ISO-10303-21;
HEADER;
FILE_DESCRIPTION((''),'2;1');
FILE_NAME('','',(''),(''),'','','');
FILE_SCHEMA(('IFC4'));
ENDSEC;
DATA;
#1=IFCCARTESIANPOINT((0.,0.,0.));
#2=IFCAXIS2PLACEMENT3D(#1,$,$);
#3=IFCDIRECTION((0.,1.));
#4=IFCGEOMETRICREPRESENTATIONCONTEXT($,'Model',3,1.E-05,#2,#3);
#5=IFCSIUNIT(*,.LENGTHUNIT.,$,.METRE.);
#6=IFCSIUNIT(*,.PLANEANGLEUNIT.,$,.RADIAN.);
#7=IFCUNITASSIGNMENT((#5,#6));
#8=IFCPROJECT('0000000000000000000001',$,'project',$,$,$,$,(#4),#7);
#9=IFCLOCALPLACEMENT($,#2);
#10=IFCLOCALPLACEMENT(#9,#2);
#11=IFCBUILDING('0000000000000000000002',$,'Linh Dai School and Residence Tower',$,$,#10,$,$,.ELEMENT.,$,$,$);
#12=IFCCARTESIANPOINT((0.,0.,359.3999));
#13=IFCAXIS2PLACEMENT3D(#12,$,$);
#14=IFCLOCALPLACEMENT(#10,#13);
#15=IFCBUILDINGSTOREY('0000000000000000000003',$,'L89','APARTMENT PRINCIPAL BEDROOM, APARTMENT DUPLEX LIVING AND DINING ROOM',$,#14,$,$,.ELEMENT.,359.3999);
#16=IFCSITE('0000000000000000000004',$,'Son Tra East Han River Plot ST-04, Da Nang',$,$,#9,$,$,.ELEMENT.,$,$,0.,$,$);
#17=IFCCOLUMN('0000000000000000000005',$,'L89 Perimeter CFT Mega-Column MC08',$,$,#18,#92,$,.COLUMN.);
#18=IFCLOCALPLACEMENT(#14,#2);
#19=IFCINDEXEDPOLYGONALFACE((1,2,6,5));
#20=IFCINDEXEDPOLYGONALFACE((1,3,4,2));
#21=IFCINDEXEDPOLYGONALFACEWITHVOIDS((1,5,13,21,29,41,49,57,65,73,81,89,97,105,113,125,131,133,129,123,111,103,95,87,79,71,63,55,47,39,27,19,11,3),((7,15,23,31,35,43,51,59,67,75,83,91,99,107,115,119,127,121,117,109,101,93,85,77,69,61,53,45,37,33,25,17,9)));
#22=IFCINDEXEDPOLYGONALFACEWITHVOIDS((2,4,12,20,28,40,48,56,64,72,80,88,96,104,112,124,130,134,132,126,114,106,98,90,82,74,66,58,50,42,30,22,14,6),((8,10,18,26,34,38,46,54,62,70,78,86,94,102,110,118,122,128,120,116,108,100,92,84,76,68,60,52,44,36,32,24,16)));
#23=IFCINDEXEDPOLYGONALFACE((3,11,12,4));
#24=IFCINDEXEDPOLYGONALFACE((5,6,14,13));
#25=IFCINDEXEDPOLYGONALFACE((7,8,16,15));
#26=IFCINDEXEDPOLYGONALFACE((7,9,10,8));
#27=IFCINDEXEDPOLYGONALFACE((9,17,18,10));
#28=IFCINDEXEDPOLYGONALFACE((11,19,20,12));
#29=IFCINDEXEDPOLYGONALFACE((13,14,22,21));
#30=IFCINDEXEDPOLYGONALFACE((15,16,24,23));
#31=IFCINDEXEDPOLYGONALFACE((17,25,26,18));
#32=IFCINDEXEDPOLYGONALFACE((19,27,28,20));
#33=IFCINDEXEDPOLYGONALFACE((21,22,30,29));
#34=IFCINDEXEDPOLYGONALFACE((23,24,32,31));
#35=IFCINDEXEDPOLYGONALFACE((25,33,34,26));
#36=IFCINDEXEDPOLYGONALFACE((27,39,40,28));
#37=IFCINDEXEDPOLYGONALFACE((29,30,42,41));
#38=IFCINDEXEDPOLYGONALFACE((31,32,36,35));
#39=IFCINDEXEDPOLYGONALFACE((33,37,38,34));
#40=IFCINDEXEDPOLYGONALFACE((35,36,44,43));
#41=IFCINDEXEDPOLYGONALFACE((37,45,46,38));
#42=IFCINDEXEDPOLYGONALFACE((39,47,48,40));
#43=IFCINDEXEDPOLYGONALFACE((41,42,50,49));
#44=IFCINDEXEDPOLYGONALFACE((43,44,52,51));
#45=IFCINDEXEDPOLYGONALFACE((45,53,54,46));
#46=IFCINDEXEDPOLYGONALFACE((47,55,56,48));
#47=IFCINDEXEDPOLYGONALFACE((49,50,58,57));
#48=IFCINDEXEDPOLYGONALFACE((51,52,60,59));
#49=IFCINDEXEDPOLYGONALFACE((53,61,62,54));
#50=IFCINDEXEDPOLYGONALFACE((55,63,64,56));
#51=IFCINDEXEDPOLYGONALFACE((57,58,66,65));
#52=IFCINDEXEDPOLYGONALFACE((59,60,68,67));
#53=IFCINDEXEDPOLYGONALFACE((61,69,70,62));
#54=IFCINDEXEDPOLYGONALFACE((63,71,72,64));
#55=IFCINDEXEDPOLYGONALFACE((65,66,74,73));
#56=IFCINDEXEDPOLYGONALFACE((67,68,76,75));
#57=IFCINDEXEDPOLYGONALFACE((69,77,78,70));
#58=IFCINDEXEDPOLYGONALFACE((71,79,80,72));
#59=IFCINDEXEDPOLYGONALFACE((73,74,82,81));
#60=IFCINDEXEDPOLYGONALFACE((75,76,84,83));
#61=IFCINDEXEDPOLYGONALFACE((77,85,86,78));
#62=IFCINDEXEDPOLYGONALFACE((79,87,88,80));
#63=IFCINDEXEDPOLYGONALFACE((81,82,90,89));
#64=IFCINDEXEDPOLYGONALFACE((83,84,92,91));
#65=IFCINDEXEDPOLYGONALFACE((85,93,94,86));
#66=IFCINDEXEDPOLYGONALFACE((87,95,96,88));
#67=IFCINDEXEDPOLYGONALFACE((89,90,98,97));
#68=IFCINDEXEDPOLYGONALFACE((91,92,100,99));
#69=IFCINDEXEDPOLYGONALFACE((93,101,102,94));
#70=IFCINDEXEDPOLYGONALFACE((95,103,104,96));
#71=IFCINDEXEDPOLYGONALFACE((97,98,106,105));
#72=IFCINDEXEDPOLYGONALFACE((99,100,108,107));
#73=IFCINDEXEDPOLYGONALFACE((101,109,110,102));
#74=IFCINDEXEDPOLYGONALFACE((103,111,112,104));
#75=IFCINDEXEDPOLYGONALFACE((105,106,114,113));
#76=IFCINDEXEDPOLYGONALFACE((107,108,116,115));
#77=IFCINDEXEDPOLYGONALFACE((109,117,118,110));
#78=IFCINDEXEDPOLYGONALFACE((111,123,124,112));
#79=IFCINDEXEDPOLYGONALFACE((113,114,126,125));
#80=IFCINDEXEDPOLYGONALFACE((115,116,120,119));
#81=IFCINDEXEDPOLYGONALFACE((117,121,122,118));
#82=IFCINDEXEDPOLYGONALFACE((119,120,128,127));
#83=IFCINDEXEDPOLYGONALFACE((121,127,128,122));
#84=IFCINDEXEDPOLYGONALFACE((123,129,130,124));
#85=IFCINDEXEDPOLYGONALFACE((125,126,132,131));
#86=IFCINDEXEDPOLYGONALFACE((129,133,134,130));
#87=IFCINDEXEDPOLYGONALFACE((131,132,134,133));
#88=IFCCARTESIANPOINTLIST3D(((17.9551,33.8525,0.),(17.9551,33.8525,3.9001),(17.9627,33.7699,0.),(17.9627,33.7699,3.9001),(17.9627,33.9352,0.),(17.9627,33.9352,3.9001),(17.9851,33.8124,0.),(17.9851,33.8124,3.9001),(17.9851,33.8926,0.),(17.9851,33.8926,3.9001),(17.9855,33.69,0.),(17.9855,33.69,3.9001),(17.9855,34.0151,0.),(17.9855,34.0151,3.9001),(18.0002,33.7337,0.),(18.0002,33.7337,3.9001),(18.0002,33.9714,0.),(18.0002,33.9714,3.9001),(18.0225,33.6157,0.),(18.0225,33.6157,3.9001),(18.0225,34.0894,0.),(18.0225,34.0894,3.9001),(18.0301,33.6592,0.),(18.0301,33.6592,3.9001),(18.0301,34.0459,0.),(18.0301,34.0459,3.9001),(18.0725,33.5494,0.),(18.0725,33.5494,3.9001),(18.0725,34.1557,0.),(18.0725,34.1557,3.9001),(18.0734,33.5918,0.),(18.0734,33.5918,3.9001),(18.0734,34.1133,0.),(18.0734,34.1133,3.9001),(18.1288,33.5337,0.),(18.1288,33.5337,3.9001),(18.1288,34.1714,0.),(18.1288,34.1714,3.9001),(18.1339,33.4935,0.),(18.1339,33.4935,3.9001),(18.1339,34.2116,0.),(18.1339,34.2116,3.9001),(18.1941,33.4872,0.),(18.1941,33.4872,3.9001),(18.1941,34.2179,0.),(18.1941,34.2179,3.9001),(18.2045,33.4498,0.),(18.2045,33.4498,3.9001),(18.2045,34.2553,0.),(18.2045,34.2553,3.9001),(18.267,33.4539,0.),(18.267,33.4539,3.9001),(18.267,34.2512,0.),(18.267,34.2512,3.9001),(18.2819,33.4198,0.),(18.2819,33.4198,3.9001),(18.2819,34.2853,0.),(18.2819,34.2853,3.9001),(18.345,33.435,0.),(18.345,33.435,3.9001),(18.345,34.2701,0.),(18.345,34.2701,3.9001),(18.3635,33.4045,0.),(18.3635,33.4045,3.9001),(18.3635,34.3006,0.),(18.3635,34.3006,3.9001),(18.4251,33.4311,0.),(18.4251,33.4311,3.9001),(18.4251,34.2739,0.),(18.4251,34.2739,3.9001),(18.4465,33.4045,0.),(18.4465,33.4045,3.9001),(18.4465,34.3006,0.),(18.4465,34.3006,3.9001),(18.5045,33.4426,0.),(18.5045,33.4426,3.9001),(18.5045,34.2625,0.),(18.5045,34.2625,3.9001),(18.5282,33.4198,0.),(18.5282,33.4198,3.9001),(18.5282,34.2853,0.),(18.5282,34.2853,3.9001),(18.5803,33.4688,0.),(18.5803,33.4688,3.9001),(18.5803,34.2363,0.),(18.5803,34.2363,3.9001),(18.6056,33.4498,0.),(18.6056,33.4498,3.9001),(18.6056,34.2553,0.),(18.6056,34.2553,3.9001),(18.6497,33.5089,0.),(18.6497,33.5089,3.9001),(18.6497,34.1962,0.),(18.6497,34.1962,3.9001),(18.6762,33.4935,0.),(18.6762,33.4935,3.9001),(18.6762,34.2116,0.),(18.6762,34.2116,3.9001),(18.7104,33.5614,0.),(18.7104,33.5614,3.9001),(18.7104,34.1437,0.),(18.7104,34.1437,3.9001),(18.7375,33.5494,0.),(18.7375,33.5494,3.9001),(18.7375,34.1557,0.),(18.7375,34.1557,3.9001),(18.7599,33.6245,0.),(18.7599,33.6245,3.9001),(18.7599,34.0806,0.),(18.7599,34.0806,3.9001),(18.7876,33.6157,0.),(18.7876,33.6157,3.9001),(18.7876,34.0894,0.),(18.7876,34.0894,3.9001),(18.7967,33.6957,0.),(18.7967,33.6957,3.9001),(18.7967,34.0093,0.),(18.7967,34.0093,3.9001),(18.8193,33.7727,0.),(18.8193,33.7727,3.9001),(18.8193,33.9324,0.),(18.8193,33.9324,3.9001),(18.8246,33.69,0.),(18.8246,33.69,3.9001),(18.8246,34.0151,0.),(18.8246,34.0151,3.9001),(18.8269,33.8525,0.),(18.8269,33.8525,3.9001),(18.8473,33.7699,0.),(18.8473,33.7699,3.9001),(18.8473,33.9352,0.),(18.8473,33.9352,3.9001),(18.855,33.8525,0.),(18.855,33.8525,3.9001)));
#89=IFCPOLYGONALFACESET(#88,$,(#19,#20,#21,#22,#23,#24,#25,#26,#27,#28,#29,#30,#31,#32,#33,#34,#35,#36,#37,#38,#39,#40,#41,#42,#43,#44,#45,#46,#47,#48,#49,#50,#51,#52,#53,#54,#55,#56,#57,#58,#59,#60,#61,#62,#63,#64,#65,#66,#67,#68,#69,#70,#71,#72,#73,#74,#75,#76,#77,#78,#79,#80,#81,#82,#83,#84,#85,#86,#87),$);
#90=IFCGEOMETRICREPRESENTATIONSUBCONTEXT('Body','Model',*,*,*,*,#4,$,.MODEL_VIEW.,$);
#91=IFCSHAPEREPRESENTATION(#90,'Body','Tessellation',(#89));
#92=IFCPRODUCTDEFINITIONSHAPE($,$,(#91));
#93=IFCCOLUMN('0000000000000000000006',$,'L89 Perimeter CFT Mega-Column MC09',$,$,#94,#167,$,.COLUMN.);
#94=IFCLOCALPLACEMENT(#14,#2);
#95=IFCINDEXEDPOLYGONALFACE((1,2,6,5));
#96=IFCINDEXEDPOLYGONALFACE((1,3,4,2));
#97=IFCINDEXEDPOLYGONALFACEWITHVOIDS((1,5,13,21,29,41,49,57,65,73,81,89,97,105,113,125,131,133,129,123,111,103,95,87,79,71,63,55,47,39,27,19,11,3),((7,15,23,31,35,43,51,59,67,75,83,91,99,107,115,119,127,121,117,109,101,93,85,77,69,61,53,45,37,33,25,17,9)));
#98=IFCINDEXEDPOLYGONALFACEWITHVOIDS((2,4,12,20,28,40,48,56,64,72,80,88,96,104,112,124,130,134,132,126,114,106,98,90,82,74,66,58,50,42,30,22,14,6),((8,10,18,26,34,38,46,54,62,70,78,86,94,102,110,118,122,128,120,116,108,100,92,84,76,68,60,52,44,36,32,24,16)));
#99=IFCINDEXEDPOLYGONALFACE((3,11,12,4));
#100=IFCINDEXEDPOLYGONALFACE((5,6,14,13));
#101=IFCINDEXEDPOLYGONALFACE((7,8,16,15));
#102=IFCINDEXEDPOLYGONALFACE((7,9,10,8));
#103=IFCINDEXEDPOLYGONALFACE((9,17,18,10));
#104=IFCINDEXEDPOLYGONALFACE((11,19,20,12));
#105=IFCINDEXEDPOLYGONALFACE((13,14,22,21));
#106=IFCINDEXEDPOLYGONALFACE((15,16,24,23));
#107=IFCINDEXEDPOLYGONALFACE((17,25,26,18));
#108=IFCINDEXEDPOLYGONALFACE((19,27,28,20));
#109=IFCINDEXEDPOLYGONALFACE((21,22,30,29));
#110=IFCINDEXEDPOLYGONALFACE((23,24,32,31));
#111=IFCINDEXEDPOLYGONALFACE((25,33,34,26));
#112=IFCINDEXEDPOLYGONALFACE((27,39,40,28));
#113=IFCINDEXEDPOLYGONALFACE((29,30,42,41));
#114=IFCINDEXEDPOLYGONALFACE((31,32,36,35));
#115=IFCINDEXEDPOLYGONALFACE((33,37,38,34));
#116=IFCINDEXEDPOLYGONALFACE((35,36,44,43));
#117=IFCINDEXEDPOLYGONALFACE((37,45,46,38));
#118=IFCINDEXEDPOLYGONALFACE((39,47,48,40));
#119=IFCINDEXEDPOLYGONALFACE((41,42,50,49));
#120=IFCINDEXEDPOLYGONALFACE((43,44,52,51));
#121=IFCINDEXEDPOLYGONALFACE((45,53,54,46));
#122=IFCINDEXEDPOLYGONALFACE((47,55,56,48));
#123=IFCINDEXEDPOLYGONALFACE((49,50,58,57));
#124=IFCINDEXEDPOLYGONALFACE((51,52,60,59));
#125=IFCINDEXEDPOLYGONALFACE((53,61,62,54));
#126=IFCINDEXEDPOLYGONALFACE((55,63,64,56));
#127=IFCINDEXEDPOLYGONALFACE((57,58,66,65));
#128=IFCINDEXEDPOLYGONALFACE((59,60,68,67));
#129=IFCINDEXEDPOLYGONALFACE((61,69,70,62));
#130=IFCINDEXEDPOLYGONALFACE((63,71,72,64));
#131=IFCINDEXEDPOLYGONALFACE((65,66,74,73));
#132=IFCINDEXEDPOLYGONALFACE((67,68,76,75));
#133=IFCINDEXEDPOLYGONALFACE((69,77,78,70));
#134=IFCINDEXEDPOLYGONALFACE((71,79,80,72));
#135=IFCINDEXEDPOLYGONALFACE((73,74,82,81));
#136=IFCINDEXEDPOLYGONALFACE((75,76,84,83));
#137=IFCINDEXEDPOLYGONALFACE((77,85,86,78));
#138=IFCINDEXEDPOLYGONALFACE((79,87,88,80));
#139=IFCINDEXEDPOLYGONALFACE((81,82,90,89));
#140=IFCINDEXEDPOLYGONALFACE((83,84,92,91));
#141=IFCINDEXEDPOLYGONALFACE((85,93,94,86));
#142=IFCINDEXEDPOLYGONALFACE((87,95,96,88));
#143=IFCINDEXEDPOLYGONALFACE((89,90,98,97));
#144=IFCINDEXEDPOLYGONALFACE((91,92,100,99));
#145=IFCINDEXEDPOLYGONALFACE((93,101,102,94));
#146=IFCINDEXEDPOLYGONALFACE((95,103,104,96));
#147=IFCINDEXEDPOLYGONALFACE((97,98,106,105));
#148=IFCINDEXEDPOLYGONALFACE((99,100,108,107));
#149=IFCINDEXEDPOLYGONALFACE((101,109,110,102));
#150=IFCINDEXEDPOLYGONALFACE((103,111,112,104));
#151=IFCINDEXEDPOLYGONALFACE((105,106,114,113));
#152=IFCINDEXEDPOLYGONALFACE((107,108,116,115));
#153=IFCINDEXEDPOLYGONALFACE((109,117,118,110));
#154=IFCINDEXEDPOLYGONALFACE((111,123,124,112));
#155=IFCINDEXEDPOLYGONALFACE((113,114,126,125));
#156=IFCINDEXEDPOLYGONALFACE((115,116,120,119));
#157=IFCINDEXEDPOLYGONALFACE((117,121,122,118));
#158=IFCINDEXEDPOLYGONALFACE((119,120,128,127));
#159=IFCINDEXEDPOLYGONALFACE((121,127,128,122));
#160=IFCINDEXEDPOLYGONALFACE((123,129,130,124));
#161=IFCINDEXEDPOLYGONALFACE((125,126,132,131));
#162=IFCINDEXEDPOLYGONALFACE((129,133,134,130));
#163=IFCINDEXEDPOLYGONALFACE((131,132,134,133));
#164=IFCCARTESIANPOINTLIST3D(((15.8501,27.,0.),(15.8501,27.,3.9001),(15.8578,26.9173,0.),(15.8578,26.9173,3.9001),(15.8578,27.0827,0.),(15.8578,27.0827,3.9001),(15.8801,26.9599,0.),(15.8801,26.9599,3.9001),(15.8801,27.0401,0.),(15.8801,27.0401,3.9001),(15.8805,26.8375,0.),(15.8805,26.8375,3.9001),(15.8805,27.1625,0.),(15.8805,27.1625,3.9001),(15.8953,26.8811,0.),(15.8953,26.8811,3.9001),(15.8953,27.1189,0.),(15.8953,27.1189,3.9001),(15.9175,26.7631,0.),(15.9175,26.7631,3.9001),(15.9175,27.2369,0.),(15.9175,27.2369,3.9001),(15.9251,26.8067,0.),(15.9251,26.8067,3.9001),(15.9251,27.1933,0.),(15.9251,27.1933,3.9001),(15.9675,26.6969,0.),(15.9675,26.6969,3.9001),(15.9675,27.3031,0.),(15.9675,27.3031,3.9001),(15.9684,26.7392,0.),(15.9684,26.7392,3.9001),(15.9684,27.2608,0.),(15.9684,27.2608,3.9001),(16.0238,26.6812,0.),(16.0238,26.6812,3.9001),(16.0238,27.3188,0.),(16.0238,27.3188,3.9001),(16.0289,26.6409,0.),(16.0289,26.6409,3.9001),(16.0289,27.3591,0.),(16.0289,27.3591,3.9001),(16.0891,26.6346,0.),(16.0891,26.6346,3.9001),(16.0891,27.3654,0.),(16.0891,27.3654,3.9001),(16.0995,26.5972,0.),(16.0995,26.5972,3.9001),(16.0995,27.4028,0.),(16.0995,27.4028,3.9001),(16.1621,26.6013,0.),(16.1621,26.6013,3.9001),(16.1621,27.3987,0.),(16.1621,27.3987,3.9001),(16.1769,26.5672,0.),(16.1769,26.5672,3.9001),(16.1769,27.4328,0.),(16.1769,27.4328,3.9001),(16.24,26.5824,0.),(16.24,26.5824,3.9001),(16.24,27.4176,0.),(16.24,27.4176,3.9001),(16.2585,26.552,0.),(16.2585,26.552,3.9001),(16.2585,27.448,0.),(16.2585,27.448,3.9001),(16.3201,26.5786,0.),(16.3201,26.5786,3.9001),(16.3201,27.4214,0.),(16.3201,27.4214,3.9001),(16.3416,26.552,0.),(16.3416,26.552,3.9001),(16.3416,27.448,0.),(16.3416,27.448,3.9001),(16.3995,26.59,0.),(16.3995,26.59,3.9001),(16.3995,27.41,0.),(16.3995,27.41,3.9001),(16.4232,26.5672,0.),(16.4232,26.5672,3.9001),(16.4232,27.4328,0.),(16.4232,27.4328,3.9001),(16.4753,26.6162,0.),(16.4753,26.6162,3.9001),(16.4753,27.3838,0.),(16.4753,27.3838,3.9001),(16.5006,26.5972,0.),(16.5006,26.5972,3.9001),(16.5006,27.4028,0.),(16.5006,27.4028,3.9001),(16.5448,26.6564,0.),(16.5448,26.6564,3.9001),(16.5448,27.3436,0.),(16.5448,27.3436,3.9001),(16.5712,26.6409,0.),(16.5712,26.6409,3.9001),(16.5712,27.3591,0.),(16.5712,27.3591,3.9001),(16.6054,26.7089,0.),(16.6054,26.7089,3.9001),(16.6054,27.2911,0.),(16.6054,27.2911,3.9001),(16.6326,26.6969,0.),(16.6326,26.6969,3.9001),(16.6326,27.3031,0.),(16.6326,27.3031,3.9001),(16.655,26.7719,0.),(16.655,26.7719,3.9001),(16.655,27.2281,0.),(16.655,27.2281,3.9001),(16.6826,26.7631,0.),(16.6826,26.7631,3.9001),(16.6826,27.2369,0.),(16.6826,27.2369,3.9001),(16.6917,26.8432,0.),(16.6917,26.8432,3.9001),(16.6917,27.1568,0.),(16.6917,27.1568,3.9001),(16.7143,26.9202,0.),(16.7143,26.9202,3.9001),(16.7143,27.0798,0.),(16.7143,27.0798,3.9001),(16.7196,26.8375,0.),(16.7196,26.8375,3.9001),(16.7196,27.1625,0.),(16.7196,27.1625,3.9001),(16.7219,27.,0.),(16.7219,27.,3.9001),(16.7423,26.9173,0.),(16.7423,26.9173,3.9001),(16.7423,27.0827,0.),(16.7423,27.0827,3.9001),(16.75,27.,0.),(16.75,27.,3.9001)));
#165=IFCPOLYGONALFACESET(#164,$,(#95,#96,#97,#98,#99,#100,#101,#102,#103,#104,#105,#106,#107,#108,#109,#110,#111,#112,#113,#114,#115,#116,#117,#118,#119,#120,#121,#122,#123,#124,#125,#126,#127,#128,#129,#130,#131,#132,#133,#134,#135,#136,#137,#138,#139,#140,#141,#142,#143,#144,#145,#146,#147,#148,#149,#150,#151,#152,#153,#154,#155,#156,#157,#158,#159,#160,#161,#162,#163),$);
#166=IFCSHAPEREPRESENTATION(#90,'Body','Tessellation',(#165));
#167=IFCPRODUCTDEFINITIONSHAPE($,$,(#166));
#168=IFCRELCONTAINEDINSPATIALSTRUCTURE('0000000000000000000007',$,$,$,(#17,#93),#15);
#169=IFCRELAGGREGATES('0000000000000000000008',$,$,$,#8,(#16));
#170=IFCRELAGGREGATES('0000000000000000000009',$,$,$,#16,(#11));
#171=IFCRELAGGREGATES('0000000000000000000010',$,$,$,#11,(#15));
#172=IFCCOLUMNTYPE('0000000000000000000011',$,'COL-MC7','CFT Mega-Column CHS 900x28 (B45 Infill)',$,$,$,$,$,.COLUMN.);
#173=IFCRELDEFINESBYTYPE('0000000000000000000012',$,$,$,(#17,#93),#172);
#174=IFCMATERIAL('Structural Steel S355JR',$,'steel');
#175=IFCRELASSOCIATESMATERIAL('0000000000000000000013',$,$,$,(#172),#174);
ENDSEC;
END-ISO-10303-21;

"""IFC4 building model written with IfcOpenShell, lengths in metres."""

from ifc_helpers import new_model, si_unit, direction, frame, origin, origin_2d, place, context, subcontext, project, spatial, hollow_circle, extrude, material, material_profile, profile_set, type_object, element, save


model = new_model("IFC4")

# Units and contexts
model_context = context("Model", 3, precision=1e-05, world=origin(), true_north=direction((0.0, 1.0)))
body_context = subcontext(model_context, "Body", "Model", "MODEL_VIEW")
ifc_project = project(units=[si_unit("LENGTHUNIT", "METRE"), si_unit("PLANEANGLEUNIT", "RADIAN")], contexts=[model_context])

# Site, building, storey
site_placement = place(None, origin())
site = spatial("IfcSite", under=ifc_project, at=site_placement, Name="Son Tra East Han River Plot ST-04, Da Nang", CompositionType="ELEMENT", RefElevation=0.0)
building_placement = place(site_placement, origin())
building = spatial("IfcBuilding", under=site, at=building_placement, Name="Linh Dai School and Residence Tower", CompositionType="ELEMENT")
storey_placement = place(building_placement, frame((0.0, 0.0, 359.3999)))
storey = spatial("IfcBuildingStorey", under=building, at=storey_placement, Name="L89", Description="APARTMENT PRINCIPAL BEDROOM, APARTMENT DUPLEX LIVING AND DINING ROOM", CompositionType="ELEMENT", Elevation=359.3999)

# Columns
ifc_material_1 = material(Name="Structural Steel S355JR", Category="steel")
ifc_material_profile_1 = material_profile(ifc_material_1, hollow_circle(Radius=0.45, WallThickness=0.0281, at=origin_2d()), Name="CHS 900x28")
ifc_profile_set_1 = profile_set([ifc_material_profile_1], Name="Structural Steel S355JR")
column_type = type_object("IfcColumnType", Name="COL-MC7", Description="CFT Mega-Column CHS 900x28 (B45 Infill)", PredefinedType="COLUMN", material=ifc_profile_set_1)
for number, where, z_axis, x_axis, name in (
    (1, (18.405, 33.8525, 0.0), (0.0, 0.0, 1.0), (1.0, 0.0, 0.0), "L89 Perimeter CFT Mega-Column MC08"),
    (2, (16.3, 27.0, 0.0), (0.0, 0.0, 1.0), (1.0, 0.0, 0.0), "L89 Perimeter CFT Mega-Column MC09"),
):
    element("IfcColumn", number, at=place(storey_placement, frame(where, z_axis=z_axis, x_axis=x_axis)), inside=storey, type_object=column_type, Name=name, PredefinedType="COLUMN", context=body_context, shape_type="SweptSolid", body=[
        extrude(hollow_circle(Radius=0.45, WallThickness=0.0281, at=origin_2d()), origin(), (0.0, 0.0, 1.0), 3.9001),
    ])

save(model, "model.ifc")
